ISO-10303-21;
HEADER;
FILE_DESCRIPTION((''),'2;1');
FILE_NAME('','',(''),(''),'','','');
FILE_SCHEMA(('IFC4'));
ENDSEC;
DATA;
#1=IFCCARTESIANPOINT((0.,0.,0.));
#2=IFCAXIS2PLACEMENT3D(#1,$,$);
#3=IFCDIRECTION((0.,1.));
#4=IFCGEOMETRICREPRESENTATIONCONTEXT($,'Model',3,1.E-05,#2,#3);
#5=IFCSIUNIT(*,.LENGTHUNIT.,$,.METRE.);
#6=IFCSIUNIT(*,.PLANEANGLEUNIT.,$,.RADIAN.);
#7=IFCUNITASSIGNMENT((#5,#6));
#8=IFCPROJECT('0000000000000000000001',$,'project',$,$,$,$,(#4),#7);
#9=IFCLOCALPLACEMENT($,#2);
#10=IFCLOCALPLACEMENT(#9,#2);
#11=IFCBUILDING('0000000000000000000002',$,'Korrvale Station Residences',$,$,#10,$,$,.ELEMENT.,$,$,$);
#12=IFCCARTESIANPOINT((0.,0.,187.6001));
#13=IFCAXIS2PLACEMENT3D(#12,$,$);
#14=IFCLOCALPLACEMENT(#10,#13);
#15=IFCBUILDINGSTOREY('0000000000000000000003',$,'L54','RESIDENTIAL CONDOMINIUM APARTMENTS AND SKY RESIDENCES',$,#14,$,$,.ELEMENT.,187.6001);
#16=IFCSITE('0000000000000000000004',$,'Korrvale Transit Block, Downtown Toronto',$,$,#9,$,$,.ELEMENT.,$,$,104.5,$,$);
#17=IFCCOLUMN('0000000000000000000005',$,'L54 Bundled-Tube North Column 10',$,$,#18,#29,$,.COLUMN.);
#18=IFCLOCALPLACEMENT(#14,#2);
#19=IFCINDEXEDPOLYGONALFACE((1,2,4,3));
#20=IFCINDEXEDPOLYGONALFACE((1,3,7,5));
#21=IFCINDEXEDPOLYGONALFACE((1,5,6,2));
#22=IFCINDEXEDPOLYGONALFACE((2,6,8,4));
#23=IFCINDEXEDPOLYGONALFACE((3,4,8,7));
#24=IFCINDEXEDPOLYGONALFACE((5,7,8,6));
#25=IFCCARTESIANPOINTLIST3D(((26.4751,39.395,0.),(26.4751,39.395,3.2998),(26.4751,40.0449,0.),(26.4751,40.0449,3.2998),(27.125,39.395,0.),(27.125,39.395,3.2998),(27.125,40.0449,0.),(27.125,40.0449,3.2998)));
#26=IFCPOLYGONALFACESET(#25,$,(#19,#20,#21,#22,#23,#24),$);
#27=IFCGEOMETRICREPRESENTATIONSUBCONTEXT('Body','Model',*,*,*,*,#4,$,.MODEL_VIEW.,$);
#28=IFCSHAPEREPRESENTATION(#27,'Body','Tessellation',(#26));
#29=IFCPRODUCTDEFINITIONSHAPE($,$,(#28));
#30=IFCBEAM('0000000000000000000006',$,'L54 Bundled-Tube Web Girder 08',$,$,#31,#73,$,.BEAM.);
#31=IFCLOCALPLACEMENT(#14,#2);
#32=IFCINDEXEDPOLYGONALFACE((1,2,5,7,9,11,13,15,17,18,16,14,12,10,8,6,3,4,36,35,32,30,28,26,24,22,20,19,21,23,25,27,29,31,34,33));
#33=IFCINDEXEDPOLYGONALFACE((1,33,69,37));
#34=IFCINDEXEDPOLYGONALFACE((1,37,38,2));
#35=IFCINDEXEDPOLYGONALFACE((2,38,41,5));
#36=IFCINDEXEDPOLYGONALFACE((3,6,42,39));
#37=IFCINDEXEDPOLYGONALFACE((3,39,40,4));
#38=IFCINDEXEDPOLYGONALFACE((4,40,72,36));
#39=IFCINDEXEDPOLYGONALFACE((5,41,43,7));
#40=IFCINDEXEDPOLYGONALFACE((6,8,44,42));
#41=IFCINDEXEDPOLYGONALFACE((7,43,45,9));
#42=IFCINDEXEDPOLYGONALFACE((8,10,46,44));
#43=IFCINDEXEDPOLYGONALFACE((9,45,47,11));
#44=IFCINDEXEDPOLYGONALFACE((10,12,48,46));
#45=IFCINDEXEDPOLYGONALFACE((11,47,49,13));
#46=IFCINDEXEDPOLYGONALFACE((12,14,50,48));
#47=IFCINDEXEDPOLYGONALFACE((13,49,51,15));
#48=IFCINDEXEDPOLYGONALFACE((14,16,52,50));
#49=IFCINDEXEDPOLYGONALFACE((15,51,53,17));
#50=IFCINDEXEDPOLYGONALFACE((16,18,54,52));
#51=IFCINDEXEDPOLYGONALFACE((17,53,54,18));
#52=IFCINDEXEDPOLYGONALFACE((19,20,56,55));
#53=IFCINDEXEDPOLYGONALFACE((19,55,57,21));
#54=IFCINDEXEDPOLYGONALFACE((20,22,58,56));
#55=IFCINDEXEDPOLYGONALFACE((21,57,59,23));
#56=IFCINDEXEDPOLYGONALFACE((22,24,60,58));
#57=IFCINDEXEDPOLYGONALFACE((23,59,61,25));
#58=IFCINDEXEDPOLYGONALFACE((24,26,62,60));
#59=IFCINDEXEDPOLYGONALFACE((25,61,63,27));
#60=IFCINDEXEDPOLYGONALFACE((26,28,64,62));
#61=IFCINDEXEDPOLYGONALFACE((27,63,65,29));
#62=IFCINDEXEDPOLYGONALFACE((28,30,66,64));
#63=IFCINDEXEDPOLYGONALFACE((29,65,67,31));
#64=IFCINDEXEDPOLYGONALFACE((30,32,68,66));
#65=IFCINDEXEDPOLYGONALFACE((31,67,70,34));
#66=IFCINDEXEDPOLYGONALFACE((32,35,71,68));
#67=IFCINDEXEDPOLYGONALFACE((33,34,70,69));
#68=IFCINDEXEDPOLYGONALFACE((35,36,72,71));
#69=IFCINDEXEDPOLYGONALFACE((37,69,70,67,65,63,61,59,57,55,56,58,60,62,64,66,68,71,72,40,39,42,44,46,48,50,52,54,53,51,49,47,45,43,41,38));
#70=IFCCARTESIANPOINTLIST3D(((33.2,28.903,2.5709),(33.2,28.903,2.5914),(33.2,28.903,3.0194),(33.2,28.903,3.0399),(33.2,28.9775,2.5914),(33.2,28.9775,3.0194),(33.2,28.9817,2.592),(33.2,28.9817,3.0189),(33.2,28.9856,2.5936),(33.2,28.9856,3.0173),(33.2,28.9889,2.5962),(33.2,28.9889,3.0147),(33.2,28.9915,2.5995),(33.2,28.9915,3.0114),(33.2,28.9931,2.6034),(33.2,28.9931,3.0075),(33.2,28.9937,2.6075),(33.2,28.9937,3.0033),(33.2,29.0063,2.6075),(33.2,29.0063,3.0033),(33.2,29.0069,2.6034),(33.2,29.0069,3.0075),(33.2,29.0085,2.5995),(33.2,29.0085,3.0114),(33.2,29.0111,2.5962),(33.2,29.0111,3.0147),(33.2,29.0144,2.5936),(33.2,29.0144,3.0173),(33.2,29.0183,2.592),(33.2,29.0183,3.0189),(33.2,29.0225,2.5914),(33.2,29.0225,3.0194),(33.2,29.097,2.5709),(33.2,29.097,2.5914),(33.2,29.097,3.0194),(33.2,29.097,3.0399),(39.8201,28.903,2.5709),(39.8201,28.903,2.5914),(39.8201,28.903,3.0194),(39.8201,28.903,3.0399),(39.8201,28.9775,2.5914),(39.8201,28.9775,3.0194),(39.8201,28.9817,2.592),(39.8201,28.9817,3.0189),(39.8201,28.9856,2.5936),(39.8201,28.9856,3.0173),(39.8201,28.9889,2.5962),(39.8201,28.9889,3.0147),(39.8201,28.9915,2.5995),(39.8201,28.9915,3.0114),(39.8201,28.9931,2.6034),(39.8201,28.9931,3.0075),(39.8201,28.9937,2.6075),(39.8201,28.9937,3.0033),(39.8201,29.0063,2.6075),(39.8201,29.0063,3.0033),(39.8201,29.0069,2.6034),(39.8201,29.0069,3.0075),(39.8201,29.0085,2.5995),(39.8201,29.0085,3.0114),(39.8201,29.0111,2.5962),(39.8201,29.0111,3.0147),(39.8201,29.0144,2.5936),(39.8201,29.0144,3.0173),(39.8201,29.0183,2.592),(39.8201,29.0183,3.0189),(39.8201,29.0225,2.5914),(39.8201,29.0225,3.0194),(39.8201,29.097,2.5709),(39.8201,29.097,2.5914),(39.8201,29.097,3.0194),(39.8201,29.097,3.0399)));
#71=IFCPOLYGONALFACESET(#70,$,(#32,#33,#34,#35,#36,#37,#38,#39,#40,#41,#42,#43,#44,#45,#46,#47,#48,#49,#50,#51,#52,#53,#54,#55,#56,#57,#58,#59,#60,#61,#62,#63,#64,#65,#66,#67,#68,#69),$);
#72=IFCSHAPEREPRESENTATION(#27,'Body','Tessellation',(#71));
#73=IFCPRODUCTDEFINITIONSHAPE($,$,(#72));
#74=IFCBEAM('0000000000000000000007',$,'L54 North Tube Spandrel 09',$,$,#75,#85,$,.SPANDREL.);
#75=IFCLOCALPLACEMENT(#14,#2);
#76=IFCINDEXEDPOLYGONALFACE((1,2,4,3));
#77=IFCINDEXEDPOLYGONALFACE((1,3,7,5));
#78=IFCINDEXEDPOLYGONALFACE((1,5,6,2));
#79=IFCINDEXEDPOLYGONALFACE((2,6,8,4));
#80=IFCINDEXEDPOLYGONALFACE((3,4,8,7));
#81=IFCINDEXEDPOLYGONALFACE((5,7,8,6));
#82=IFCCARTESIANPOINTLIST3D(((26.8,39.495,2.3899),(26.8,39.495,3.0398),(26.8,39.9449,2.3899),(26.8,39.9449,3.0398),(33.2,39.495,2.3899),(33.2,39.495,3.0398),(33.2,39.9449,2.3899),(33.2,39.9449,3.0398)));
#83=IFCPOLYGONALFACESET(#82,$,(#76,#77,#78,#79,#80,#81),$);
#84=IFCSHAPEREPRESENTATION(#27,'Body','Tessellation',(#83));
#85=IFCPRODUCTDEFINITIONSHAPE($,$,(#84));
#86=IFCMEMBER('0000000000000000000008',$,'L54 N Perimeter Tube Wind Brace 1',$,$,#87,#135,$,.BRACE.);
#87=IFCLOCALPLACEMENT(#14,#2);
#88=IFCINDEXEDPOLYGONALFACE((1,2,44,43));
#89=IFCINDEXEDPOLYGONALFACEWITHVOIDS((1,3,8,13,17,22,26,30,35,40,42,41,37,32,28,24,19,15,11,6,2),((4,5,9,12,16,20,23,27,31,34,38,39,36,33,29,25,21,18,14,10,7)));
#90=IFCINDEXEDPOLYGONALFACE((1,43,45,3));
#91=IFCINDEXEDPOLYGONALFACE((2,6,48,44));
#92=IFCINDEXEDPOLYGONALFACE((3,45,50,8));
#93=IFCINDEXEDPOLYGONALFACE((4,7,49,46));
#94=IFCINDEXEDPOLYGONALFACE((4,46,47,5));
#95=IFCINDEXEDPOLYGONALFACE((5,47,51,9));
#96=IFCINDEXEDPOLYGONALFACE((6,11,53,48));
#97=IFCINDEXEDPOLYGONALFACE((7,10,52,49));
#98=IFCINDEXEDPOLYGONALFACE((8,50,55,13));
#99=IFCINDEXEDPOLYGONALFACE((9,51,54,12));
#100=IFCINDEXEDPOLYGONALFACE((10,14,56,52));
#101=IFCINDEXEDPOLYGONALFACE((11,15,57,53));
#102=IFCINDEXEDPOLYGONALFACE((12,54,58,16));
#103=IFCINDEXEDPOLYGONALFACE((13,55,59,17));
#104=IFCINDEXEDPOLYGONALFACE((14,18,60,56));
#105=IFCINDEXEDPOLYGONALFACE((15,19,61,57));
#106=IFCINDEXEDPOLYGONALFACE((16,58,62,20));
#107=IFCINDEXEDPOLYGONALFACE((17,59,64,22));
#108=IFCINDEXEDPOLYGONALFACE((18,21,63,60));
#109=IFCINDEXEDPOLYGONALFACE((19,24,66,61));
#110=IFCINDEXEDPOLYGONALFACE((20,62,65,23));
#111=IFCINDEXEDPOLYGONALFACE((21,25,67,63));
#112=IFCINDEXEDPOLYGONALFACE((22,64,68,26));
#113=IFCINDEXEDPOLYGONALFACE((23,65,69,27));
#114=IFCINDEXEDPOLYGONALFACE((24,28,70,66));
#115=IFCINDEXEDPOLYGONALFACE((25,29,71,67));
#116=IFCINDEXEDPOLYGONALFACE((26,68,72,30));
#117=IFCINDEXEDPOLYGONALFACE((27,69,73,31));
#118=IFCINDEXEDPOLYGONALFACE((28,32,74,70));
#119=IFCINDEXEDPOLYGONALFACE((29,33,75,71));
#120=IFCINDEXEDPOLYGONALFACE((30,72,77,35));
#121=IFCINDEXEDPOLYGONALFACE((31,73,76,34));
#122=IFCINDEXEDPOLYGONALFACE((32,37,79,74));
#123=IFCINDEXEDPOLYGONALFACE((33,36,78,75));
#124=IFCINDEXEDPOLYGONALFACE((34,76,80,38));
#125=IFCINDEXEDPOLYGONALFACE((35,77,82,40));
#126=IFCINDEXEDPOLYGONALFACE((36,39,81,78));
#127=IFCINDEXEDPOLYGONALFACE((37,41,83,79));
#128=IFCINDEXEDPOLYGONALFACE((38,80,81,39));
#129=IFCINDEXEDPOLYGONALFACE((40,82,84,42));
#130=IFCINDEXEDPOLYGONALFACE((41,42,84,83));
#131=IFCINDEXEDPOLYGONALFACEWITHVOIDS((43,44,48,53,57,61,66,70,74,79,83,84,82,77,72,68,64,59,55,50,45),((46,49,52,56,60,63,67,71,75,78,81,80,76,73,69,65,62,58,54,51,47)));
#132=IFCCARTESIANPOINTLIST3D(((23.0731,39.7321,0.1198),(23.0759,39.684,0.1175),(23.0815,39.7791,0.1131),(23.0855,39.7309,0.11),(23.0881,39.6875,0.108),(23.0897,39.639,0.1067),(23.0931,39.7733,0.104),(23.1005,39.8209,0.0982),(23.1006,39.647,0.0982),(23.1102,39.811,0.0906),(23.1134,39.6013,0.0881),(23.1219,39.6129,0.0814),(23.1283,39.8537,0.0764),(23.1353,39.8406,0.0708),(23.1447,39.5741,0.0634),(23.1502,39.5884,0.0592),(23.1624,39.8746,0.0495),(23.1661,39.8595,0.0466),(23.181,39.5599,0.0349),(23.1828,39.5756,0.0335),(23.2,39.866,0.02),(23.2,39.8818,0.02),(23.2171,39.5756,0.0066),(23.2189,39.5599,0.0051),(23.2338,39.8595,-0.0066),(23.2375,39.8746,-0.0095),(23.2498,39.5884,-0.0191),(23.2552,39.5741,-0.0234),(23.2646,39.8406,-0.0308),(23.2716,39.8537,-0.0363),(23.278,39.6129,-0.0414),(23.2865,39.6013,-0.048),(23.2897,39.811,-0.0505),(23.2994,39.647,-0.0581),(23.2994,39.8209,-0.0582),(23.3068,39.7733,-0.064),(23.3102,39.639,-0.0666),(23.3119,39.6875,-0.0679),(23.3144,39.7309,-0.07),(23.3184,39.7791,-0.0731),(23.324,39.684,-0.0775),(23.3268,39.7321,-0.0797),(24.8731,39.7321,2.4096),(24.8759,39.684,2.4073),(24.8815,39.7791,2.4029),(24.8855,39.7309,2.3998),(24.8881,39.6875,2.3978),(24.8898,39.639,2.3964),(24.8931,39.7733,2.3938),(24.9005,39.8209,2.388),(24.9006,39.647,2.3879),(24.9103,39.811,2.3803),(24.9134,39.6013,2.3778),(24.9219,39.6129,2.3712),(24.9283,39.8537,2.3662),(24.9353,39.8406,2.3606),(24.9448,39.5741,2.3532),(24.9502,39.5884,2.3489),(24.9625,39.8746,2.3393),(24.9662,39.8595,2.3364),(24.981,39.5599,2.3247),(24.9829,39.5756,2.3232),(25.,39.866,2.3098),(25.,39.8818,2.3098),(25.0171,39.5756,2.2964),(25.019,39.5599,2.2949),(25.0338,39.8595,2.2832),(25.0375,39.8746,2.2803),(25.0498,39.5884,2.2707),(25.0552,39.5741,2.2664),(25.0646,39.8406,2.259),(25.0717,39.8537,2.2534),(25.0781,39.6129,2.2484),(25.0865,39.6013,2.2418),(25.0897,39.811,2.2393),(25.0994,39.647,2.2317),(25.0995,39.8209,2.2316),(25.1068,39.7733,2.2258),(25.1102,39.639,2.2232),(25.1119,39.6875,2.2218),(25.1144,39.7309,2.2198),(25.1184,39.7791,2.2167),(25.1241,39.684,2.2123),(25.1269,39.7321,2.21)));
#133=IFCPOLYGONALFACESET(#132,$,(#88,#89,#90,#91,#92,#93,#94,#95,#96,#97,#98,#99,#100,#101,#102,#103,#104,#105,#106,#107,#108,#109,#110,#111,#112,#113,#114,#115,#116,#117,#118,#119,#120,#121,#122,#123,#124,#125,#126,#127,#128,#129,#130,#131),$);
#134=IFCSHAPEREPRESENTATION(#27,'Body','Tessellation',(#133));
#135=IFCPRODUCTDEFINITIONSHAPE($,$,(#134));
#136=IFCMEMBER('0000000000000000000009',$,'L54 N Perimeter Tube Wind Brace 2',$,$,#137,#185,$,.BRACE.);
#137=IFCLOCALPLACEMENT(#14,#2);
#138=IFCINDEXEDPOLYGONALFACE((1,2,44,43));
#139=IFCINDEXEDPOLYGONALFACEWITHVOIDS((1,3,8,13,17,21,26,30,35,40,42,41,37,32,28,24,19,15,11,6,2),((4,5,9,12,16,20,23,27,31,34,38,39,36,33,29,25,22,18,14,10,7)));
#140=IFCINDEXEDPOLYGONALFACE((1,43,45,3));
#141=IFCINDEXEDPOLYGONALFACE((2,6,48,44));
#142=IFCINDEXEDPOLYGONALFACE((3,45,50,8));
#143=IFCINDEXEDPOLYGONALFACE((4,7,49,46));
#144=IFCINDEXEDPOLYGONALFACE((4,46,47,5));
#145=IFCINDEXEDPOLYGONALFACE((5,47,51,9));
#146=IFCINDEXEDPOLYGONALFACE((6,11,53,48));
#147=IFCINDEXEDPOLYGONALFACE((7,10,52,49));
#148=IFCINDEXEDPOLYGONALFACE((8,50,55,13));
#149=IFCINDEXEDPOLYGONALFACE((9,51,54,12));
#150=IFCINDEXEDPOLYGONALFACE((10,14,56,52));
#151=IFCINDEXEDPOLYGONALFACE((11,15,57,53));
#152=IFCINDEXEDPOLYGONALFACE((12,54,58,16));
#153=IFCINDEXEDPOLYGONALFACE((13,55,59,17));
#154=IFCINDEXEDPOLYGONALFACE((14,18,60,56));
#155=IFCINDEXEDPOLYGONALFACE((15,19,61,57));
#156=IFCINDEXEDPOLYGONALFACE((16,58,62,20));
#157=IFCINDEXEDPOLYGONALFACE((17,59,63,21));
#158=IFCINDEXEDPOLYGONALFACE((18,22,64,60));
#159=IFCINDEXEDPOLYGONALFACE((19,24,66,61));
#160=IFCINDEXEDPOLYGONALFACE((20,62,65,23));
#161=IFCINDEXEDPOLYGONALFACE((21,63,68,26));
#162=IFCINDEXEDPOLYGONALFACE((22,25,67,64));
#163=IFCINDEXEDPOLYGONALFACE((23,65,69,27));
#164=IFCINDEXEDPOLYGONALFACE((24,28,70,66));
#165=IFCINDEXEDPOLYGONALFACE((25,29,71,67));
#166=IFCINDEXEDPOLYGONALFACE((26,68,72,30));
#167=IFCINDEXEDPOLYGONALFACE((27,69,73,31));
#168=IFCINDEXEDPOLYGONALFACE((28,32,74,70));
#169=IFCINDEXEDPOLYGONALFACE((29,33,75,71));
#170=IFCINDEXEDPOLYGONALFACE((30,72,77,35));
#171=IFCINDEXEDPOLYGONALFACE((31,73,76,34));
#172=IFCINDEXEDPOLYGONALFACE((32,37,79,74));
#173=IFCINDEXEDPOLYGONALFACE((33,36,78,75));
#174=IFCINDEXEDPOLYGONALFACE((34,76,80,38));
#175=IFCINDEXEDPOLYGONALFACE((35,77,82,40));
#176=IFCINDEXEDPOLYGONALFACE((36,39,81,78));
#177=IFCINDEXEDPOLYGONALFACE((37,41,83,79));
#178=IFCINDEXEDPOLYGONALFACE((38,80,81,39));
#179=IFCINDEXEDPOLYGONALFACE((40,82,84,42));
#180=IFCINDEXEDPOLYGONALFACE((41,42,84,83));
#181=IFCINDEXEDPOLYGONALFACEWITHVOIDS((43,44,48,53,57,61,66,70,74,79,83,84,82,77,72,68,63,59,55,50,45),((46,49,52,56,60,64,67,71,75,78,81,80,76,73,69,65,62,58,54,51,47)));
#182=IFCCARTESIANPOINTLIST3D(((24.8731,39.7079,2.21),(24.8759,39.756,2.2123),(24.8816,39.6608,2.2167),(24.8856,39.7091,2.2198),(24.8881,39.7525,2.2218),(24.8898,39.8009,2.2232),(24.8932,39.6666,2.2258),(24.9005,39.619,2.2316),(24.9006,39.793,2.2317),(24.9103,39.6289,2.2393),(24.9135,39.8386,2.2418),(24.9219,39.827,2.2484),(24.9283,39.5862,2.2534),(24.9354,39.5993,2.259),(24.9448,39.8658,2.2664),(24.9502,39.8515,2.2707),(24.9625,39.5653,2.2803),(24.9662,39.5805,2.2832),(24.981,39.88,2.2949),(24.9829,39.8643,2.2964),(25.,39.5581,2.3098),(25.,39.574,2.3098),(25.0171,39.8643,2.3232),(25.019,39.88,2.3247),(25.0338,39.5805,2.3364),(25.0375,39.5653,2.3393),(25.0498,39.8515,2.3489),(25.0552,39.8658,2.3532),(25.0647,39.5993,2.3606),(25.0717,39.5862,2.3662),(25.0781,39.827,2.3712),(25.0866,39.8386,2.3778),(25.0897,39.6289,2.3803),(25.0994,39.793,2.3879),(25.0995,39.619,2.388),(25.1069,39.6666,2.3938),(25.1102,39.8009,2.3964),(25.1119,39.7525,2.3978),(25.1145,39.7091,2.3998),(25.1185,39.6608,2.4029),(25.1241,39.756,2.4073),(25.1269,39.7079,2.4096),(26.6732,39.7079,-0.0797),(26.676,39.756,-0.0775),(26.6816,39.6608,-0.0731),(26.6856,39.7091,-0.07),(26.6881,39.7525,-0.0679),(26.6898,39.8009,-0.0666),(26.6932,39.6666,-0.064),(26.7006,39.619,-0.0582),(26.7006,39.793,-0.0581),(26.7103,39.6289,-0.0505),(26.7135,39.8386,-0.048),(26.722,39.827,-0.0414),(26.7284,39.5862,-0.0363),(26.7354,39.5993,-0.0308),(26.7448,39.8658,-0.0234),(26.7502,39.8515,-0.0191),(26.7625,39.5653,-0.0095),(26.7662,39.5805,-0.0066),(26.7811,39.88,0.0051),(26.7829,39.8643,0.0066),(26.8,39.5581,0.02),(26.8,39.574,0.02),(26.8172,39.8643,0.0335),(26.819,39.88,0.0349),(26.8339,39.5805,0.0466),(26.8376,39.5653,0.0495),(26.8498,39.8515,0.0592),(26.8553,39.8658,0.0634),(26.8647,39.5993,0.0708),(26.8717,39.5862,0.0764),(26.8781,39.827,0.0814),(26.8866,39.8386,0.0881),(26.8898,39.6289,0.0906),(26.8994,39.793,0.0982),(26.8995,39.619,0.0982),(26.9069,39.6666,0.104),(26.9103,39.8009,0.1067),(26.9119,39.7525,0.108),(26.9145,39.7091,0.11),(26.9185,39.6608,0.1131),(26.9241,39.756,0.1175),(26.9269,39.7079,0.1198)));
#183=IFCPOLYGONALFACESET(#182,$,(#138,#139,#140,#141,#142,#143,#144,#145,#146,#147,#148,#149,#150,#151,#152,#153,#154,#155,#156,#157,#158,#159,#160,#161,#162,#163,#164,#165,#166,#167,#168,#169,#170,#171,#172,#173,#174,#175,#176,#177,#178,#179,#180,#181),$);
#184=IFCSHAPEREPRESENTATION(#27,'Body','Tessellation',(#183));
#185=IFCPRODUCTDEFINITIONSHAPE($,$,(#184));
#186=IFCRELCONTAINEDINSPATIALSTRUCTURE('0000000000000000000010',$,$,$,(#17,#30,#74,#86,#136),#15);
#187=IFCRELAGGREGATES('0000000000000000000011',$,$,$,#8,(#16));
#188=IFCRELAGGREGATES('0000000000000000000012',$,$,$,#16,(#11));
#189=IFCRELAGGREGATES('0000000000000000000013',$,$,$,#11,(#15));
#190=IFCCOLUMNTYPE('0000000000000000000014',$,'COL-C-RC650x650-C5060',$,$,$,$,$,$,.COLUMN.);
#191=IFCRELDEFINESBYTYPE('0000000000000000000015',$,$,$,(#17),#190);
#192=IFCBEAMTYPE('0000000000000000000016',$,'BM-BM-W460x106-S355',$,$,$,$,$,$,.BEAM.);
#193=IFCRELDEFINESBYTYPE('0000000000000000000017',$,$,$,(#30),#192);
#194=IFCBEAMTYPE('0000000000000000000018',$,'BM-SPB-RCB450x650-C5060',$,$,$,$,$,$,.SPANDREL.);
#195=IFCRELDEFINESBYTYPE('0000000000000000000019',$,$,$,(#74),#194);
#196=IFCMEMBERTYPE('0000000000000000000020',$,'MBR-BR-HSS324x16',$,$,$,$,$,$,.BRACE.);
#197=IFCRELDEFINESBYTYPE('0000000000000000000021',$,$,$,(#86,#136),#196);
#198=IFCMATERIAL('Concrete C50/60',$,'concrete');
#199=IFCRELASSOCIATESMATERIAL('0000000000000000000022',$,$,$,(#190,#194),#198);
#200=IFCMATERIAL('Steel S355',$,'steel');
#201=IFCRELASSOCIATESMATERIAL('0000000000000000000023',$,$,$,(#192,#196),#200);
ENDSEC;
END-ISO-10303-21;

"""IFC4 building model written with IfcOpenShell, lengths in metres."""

from ifc_helpers import new_model, si_unit, direction, frame, origin, origin_2d, place, context, subcontext, project, spatial, rectangle, hollow_circle, i_section, extrude, material, material_profile, profile_set, type_object, element, save


model = new_model("IFC4")

# Units and contexts
model_context = context("Model", 3, precision=1e-05, world=origin(), true_north=direction((0.0, 1.0)))
body_context = subcontext(model_context, "Body", "Model", "MODEL_VIEW")
ifc_project = project(units=[si_unit("LENGTHUNIT", "METRE"), si_unit("PLANEANGLEUNIT", "RADIAN")], contexts=[model_context])

# Site, building, storey
site_placement = place(None, origin())
site = spatial("IfcSite", under=ifc_project, at=site_placement, Name="Korrvale Transit Block, Downtown Toronto", CompositionType="ELEMENT", RefElevation=104.5)
building_placement = place(site_placement, origin())
building = spatial("IfcBuilding", under=site, at=building_placement, Name="Korrvale Station Residences", CompositionType="ELEMENT")
storey_placement = place(building_placement, frame((0.0, 0.0, 187.6001)))
storey = spatial("IfcBuildingStorey", under=building, at=storey_placement, Name="L54", Description="RESIDENTIAL CONDOMINIUM APARTMENTS AND SKY RESIDENCES", CompositionType="ELEMENT", Elevation=187.6001)

# Column
ifc_material_1 = material(Name="Concrete C50/60", Category="concrete")
ifc_material_profile_1 = material_profile(ifc_material_1, rectangle(XDim=0.6499, YDim=0.6499, at=origin_2d()), Name="RC650x650")
ifc_profile_set_1 = profile_set([ifc_material_profile_1], Name="Concrete C50/60")
column_type = type_object("IfcColumnType", Name="COL-C-RC650x650-C5060", PredefinedType="COLUMN", material=ifc_profile_set_1)
column_placement = place(storey_placement, frame((26.8, 39.72, 0.0), z_axis=(0.0, 0.0, 1.0), x_axis=(1.0, 0.0, 0.0)))
element("IfcColumn", 1, at=column_placement, inside=storey, type_object=column_type, Name="L54 Bundled-Tube North Column 10", PredefinedType="COLUMN", context=body_context, shape_type="SweptSolid", body=[
    extrude(rectangle(XDim=0.6499, YDim=0.6499, at=origin_2d()), origin(), (0.0, 0.0, 1.0), 3.2998),
])

# Beams
ifc_material_2 = material(Name="Steel S355", Category="steel")
ifc_material_profile_2 = material_profile(ifc_material_2, i_section(OverallWidth=0.1941, OverallDepth=0.469, WebThickness=0.0127, FlangeThickness=0.0205, FilletRadius=0.0161, at=origin_2d()), Name="W460x106")
ifc_profile_set_2 = profile_set([ifc_material_profile_2], Name="Steel S355")
beam_type_1 = type_object("IfcBeamType", Name="BM-BM-W460x106-S355", PredefinedType="BEAM", material=ifc_profile_set_2)
beam_1_placement = place(storey_placement, frame((33.2, 29.0, 2.8054), z_axis=(1.0, 0.0, 0.0), x_axis=(0.0, 1.0, 0.0)))
element("IfcBeam", 2, at=beam_1_placement, inside=storey, type_object=beam_type_1, Name="L54 Bundled-Tube Web Girder 08", PredefinedType="BEAM", context=body_context, shape_type="SweptSolid", body=[
    extrude(i_section(OverallWidth=0.1941, OverallDepth=0.469, WebThickness=0.0127, FlangeThickness=0.0205, FilletRadius=0.0161, at=origin_2d()), origin(), (0.0, 0.0, 1.0), 6.6201),
])
ifc_material_profile_3 = material_profile(ifc_material_1, rectangle(XDim=0.45, YDim=0.6499, at=origin_2d()), Name="RCB450x650")
ifc_profile_set_3 = profile_set([ifc_material_profile_3], Name="Concrete C50/60")
beam_type_2 = type_object("IfcBeamType", Name="BM-SPB-RCB450x650-C5060", PredefinedType="SPANDREL", material=ifc_profile_set_3)
beam_2_placement = place(storey_placement, frame((26.8, 39.72, 2.7148), z_axis=(1.0, 0.0, 0.0), x_axis=(0.0, 1.0, 0.0)))
element("IfcBeam", 3, at=beam_2_placement, inside=storey, type_object=beam_type_2, Name="L54 North Tube Spandrel 09", PredefinedType="SPANDREL", context=body_context, shape_type="SweptSolid", body=[
    extrude(rectangle(XDim=0.45, YDim=0.6499, at=origin_2d()), origin(), (0.0, 0.0, 1.0), 6.3999),
])

# Members
ifc_material_profile_4 = material_profile(ifc_material_2, hollow_circle(Radius=0.1619, WallThickness=0.0159, at=origin_2d()), Name="HSS324x16")
ifc_profile_set_4 = profile_set([ifc_material_profile_4], Name="Steel S355")
member_type = type_object("IfcMemberType", Name="MBR-BR-HSS324x16", PredefinedType="BRACE", material=ifc_profile_set_4)
for number, where, z_axis, x_axis, name in (
    (4, (23.2, 39.72, 0.02), (0.618018, 0.0, 0.786164), (0.0, 1.0, 0.0), "L54 N Perimeter Tube Wind Brace 1"),
    (5, (26.8, 39.72, 0.02), (-0.618018, 0.0, 0.786164), (0.0, -1.0, 0.0), "L54 N Perimeter Tube Wind Brace 2"),
):
    element("IfcMember", number, at=place(storey_placement, frame(where, z_axis=z_axis, x_axis=x_axis)), inside=storey, type_object=member_type, Name=name, PredefinedType="BRACE", context=body_context, shape_type="SweptSolid", body=[
        extrude(hollow_circle(Radius=0.1619, WallThickness=0.0159, at=origin_2d()), origin(), (0.0, 0.0, 1.0), 2.9126),
    ])

save(model, "model.ifc")
